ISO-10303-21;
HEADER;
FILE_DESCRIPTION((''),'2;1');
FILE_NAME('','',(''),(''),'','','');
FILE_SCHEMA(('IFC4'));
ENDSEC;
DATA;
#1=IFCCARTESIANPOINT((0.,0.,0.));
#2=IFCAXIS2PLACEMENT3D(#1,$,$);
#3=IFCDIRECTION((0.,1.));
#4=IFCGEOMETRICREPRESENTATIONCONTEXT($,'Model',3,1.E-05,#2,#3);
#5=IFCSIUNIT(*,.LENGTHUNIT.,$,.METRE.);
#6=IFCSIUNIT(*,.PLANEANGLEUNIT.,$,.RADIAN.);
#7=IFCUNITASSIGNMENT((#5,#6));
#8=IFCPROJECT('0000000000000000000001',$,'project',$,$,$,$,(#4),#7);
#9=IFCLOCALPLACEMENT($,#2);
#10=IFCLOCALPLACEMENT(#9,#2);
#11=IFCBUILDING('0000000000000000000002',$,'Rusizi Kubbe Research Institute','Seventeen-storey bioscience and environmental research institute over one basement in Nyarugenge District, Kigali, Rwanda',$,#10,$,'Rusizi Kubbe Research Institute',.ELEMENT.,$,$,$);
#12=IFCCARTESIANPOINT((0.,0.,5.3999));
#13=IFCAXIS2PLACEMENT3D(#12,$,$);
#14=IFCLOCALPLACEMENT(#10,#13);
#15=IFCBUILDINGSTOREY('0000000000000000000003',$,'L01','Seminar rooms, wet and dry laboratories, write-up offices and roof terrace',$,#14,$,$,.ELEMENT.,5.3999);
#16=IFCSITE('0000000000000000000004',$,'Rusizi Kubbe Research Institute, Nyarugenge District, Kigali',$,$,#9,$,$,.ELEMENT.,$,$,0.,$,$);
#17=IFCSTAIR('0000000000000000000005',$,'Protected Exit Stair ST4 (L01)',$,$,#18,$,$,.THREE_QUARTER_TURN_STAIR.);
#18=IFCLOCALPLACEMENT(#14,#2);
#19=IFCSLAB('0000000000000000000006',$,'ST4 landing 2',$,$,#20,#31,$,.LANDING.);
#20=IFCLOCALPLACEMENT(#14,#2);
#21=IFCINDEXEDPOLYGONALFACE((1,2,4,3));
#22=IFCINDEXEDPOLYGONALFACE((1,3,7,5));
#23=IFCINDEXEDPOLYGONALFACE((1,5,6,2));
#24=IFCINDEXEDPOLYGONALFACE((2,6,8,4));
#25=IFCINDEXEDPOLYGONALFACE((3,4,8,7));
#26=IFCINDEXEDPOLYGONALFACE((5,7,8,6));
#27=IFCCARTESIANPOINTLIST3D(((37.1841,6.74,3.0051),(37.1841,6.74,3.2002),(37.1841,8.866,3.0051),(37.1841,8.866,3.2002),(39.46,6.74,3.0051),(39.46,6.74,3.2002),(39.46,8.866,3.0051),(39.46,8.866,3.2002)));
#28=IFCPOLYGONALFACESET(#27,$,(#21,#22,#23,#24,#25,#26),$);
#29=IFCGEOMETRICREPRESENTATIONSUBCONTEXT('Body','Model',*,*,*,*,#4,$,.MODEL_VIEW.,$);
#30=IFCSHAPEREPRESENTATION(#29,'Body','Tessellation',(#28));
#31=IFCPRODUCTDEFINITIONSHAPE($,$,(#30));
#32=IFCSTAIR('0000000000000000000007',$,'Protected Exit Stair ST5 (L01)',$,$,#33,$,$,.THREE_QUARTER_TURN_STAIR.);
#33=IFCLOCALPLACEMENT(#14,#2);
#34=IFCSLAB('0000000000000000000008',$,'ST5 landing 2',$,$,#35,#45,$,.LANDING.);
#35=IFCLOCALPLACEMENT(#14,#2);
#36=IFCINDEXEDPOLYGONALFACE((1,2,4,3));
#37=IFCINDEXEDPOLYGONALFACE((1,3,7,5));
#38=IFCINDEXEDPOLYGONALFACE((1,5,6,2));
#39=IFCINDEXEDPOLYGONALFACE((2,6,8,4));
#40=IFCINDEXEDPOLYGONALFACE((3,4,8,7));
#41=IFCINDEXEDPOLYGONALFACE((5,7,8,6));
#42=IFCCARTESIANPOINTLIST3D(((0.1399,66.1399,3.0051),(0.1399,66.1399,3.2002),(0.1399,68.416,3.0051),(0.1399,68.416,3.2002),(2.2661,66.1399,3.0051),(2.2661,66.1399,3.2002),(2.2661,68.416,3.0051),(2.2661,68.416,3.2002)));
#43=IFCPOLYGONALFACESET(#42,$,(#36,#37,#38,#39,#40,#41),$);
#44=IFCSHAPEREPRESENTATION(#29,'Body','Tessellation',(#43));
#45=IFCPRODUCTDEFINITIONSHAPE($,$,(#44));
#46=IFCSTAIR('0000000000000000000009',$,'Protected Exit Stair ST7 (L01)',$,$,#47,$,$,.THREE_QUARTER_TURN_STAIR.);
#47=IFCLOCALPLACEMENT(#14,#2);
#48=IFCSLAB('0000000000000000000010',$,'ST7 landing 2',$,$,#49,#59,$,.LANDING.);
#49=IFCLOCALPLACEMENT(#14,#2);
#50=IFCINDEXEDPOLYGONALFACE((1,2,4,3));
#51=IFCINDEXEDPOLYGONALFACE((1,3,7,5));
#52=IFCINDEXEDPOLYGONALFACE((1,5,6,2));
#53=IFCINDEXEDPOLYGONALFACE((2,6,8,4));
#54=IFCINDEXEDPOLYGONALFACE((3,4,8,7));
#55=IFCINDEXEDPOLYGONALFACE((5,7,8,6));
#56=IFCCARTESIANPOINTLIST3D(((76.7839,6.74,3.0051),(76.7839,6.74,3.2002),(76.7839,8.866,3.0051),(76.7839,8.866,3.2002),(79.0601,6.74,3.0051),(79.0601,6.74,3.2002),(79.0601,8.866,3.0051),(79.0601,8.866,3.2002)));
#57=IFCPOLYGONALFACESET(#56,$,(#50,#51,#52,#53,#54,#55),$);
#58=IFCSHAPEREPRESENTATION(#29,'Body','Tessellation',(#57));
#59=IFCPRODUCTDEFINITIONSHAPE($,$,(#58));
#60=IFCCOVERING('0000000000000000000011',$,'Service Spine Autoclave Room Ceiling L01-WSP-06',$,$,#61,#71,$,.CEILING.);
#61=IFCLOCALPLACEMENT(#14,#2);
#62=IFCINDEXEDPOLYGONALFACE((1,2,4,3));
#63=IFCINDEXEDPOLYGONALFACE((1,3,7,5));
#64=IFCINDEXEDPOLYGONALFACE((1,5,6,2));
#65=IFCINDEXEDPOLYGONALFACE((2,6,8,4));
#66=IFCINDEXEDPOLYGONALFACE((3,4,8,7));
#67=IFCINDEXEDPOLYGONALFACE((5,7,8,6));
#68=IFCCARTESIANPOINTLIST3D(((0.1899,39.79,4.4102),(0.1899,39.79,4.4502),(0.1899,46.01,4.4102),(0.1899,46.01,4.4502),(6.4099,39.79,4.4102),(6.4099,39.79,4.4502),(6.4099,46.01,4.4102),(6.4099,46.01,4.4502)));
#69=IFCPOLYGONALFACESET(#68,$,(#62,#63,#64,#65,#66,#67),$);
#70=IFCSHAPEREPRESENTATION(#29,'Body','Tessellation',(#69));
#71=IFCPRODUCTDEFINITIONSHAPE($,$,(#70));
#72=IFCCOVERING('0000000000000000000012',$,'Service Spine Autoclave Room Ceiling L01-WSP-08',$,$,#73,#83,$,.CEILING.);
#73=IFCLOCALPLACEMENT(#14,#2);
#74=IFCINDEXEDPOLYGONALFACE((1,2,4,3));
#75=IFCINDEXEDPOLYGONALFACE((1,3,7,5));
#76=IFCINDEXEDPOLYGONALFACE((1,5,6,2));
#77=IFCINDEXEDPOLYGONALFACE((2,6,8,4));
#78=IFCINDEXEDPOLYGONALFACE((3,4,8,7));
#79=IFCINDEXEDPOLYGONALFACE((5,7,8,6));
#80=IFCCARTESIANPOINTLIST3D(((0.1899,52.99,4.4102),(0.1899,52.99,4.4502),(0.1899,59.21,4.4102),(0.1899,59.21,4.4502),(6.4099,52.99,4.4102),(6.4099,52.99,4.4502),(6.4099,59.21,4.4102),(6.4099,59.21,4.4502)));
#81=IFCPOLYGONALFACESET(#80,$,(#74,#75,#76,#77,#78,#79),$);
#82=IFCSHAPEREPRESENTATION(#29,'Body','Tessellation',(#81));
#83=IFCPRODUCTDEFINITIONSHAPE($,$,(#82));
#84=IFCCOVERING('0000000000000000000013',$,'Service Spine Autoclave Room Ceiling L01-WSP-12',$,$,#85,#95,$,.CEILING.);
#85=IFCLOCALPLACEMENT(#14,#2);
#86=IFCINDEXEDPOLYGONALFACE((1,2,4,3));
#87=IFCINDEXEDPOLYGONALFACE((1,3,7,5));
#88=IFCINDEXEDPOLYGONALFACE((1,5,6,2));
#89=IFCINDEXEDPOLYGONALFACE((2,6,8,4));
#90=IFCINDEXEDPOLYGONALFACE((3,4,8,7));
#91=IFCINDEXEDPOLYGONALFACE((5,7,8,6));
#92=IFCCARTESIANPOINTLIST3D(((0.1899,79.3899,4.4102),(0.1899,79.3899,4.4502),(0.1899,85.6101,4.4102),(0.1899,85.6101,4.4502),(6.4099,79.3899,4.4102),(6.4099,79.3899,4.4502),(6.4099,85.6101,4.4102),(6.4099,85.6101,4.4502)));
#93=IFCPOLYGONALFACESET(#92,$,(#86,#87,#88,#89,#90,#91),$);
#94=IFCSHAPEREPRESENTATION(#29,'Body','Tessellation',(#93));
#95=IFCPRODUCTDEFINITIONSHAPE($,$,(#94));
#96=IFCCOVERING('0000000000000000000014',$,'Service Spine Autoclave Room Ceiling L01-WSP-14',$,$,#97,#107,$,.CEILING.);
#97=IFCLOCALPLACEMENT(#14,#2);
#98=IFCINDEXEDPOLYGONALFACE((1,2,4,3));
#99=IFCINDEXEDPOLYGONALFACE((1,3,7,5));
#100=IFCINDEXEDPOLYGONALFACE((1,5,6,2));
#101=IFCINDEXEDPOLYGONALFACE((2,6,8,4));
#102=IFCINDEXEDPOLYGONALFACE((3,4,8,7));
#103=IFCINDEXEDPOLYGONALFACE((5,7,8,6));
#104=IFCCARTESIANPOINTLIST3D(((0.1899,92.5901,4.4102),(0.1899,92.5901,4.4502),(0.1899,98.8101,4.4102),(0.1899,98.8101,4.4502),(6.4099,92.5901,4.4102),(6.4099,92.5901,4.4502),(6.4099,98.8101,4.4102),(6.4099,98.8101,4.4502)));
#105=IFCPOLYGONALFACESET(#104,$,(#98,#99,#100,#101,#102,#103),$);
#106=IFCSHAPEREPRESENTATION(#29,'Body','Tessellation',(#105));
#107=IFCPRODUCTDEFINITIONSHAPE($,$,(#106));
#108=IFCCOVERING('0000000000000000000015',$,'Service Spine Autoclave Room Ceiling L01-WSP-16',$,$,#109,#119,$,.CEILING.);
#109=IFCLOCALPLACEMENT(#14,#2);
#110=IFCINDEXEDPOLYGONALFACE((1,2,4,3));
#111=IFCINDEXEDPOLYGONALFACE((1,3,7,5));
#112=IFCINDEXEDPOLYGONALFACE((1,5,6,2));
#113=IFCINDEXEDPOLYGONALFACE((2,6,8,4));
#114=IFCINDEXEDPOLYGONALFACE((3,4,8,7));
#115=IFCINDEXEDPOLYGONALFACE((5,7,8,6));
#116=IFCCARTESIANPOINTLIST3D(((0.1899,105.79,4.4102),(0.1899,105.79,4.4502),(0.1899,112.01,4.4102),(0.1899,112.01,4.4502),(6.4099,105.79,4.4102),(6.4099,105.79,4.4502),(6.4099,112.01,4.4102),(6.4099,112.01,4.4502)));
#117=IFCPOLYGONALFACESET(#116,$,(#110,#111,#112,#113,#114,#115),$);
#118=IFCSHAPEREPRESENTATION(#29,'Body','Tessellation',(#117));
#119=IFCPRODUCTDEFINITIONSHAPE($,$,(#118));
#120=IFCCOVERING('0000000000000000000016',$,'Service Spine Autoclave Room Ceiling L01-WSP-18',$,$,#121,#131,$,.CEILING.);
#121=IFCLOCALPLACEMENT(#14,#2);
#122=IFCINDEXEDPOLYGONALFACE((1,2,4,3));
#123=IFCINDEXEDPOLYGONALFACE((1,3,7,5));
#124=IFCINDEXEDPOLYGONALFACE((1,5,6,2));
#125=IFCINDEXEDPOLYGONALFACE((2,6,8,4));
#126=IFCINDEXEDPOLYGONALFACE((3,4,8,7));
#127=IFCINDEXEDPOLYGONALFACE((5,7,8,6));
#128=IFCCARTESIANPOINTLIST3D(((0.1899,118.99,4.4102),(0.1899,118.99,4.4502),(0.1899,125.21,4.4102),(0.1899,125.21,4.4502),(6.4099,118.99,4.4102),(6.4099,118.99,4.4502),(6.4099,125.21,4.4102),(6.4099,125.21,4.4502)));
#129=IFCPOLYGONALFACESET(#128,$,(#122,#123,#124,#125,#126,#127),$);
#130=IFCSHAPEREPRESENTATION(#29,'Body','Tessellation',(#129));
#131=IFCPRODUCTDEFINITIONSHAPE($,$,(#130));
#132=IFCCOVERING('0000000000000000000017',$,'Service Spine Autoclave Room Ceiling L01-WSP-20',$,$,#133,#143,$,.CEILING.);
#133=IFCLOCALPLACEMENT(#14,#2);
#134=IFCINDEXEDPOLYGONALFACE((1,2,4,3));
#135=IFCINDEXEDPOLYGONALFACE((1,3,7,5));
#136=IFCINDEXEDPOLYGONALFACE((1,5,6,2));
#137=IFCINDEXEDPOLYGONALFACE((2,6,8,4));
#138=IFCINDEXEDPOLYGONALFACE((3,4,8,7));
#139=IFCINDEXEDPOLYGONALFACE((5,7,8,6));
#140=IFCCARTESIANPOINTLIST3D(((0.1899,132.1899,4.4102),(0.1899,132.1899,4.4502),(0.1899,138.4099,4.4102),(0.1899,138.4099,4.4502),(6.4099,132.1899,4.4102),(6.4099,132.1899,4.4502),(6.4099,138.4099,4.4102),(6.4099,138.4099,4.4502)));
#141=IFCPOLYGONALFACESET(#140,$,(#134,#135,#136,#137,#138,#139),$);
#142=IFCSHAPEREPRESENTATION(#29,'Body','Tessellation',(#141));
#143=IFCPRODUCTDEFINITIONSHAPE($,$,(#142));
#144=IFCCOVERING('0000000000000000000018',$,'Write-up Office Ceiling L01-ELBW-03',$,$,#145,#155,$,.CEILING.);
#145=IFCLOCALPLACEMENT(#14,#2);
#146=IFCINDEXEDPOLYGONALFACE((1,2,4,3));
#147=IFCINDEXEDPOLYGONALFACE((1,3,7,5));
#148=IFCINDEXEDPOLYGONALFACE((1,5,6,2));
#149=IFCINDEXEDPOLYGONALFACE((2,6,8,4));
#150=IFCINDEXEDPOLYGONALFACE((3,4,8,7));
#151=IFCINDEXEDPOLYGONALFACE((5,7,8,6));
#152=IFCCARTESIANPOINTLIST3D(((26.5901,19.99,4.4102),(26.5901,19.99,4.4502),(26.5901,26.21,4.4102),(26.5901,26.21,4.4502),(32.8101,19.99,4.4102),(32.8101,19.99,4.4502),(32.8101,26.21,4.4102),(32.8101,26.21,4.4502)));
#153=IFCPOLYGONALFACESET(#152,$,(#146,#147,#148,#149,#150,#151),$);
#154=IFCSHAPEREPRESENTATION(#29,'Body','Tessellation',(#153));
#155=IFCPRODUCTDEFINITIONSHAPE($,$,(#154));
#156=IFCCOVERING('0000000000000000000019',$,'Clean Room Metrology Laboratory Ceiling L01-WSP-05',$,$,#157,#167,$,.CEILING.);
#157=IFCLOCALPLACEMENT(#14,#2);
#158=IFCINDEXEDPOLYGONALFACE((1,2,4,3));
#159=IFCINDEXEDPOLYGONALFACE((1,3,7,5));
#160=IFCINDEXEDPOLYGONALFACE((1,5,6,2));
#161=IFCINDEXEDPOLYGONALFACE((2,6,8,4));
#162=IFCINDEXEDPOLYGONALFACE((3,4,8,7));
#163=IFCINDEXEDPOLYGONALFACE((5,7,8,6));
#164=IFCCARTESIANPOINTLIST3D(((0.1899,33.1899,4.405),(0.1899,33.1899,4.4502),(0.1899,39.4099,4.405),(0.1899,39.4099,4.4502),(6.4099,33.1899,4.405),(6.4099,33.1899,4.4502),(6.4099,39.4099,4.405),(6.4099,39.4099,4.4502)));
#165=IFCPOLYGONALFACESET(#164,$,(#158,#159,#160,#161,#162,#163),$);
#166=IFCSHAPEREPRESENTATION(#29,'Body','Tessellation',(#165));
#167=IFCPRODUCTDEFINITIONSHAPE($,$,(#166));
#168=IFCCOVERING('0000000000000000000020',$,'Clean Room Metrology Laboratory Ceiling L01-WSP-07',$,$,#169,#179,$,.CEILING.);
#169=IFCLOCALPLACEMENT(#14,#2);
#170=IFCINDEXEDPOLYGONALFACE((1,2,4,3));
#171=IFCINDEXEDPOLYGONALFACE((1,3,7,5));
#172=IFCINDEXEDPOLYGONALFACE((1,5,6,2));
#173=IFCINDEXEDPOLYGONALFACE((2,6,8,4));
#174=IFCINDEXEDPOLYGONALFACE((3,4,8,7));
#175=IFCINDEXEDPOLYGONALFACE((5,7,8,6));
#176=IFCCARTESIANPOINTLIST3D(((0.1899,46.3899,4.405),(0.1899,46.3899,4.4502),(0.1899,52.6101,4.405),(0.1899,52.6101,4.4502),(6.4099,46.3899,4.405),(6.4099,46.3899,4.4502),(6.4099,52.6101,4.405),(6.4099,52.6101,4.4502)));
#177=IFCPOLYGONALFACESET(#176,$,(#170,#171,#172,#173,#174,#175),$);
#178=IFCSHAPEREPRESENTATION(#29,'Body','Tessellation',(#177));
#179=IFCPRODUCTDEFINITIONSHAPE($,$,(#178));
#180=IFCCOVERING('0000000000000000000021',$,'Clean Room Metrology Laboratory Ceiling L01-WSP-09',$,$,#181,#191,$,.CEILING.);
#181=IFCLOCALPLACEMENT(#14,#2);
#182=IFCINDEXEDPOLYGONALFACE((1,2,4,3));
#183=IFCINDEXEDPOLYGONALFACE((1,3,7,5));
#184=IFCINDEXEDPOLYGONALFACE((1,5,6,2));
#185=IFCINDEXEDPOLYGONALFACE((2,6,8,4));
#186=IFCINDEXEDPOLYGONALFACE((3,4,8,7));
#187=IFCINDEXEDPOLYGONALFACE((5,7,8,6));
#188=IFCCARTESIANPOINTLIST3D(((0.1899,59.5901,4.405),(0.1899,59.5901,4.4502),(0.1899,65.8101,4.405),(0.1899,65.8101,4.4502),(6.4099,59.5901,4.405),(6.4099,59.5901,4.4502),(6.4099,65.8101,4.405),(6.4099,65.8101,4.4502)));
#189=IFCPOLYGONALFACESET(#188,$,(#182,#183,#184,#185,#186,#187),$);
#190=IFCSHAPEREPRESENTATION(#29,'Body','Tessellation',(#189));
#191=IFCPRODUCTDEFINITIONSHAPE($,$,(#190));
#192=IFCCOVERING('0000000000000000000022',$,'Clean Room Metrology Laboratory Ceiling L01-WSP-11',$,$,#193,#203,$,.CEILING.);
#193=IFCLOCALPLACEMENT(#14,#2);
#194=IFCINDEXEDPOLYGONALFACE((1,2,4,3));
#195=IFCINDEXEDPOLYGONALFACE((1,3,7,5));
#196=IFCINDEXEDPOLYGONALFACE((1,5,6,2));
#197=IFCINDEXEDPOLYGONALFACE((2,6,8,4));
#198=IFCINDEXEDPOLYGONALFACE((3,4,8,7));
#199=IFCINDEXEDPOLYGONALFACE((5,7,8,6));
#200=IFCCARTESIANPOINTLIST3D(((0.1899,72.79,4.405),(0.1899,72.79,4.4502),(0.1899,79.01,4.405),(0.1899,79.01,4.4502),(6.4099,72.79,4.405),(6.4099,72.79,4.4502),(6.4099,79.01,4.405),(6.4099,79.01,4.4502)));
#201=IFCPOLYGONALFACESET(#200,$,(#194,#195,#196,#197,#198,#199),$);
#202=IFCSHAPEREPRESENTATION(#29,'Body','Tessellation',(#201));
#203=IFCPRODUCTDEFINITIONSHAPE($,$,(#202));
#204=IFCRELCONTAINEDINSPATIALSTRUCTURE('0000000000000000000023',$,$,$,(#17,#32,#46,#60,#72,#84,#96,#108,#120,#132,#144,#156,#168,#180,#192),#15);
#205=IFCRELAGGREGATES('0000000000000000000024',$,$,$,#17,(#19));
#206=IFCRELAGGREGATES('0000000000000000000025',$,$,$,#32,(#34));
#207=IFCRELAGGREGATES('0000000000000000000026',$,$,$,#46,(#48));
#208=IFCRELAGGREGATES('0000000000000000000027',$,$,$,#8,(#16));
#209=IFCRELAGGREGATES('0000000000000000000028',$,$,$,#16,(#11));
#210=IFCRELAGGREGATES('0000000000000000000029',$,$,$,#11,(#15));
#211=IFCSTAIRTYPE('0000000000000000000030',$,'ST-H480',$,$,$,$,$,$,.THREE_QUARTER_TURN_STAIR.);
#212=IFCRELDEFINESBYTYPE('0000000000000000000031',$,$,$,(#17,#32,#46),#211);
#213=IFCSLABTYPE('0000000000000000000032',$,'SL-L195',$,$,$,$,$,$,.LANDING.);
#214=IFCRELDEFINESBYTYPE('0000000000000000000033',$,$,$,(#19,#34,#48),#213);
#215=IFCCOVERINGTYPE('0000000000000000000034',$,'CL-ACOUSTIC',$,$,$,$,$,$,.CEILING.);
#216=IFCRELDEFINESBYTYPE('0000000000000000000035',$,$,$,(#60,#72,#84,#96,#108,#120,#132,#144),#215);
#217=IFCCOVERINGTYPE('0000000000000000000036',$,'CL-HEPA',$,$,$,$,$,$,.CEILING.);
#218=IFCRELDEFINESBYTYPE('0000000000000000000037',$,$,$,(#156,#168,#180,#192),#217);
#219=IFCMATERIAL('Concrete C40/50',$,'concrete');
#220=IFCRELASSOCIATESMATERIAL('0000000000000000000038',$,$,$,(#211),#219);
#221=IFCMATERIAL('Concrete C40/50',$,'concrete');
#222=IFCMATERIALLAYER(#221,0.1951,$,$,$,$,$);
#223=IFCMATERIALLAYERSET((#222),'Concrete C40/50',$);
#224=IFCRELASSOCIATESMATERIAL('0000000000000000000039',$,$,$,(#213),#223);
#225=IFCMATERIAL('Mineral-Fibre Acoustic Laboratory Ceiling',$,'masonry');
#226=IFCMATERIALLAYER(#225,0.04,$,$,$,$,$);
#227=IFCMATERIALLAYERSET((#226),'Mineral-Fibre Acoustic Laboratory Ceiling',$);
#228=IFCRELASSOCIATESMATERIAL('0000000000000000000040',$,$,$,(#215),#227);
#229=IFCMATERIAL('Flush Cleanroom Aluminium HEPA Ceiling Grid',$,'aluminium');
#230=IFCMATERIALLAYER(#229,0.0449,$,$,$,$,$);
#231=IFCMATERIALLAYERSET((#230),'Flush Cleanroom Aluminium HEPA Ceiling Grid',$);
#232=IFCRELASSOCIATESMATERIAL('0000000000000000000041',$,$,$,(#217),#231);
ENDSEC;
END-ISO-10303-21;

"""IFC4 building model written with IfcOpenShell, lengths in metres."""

from ifc_helpers import new_model, si_unit, direction, frame, origin, place, context, subcontext, project, spatial, polyline, outline, extrude, material, layer, layer_set, type_object, element, aggregate, save


model = new_model("IFC4")

# Units and contexts
model_context = context("Model", 3, precision=1e-05, world=origin(), true_north=direction((0.0, 1.0)))
body_context = subcontext(model_context, "Body", "Model", "MODEL_VIEW")
ifc_project = project(units=[si_unit("LENGTHUNIT", "METRE"), si_unit("PLANEANGLEUNIT", "RADIAN")], contexts=[model_context])

# Site, building, storey
site_placement = place(None, origin())
site = spatial("IfcSite", under=ifc_project, at=site_placement, Name="Rusizi Kubbe Research Institute, Nyarugenge District, Kigali", CompositionType="ELEMENT", RefElevation=0.0)
building_placement = place(site_placement, origin())
building = spatial("IfcBuilding", under=site, at=building_placement, Name="Rusizi Kubbe Research Institute", Description="Seventeen-storey bioscience and environmental research institute over one basement in Nyarugenge District, Kigali, Rwanda", LongName="Rusizi Kubbe Research Institute", CompositionType="ELEMENT")
storey_placement = place(building_placement, frame((0.0, 0.0, 5.3999)))
storey = spatial("IfcBuildingStorey", under=building, at=storey_placement, Name="L01", Description="Seminar rooms, wet and dry laboratories, write-up offices and roof terrace", CompositionType="ELEMENT", Elevation=5.3999)

# Stairs, slabs
ifc_material_1 = material(Name="Concrete C40/50", Category="concrete")
stair_type = type_object("IfcStairType", Name="ST-H480", PredefinedType="THREE_QUARTER_TURN_STAIR", material=ifc_material_1)
stair_1_placement = place(storey_placement, origin())
stair_1 = element("IfcStair", 1, at=stair_1_placement, inside=storey, type_object=stair_type, Name="Protected Exit Stair ST4 (L01)", PredefinedType="THREE_QUARTER_TURN_STAIR")
ifc_material_2 = material(Name="Concrete C40/50", Category="concrete")
ifc_layer_1 = layer(ifc_material_2, 0.1951)
ifc_layer_set_1 = layer_set([ifc_layer_1], Name="Concrete C40/50")
slab_type = type_object("IfcSlabType", Name="SL-L195", PredefinedType="LANDING", material=ifc_layer_set_1)
slab_1_placement = place(storey_placement, frame((0.0, 0.0, 3.0051)))
slab_1 = element("IfcSlab", 2, at=slab_1_placement, type_object=slab_type, Name="ST4 landing 2", PredefinedType="LANDING", context=body_context, shape_type="SweptSolid", body=[
    extrude(outline(polyline([(37.1841, 8.866), (37.1841, 6.74), (39.46, 6.74), (39.46, 8.866), (37.1841, 8.866)])), origin(), (0.0, 0.0, 1.0), 0.1951),
])
aggregate(stair_1, [slab_1])
stair_2_placement = place(storey_placement, origin())
stair_2 = element("IfcStair", 3, at=stair_2_placement, inside=storey, type_object=stair_type, Name="Protected Exit Stair ST5 (L01)", PredefinedType="THREE_QUARTER_TURN_STAIR")
slab_2_placement = place(storey_placement, frame((0.0, 0.0, 3.0051)))
slab_2 = element("IfcSlab", 4, at=slab_2_placement, type_object=slab_type, Name="ST5 landing 2", PredefinedType="LANDING", context=body_context, shape_type="SweptSolid", body=[
    extrude(outline(polyline([(2.2661, 68.416), (0.1399, 68.416), (0.1399, 66.1399), (2.2661, 66.1399), (2.2661, 68.416)])), origin(), (0.0, 0.0, 1.0), 0.1951),
])
aggregate(stair_2, [slab_2])
stair_3_placement = place(storey_placement, origin())
stair_3 = element("IfcStair", 5, at=stair_3_placement, inside=storey, type_object=stair_type, Name="Protected Exit Stair ST7 (L01)", PredefinedType="THREE_QUARTER_TURN_STAIR")
slab_3_placement = place(storey_placement, frame((0.0, 0.0, 3.0051)))
slab_3 = element("IfcSlab", 6, at=slab_3_placement, type_object=slab_type, Name="ST7 landing 2", PredefinedType="LANDING", context=body_context, shape_type="SweptSolid", body=[
    extrude(outline(polyline([(76.7839, 8.866), (76.7839, 6.74), (79.0601, 6.74), (79.0601, 8.866), (76.7839, 8.866)])), origin(), (0.0, 0.0, 1.0), 0.1951),
])
aggregate(stair_3, [slab_3])

# Coverings
ifc_material_3 = material(Name="Mineral-Fibre Acoustic Laboratory Ceiling", Category="masonry")
ifc_layer_2 = layer(ifc_material_3, 0.04)
ifc_layer_set_2 = layer_set([ifc_layer_2], Name="Mineral-Fibre Acoustic Laboratory Ceiling")
covering_type_1 = type_object("IfcCoveringType", Name="CL-ACOUSTIC", PredefinedType="CEILING", material=ifc_layer_set_2)
covering_1_placement = place(storey_placement, frame((0.0, 0.0, 4.4102)))
element("IfcCovering", 7, at=covering_1_placement, inside=storey, type_object=covering_type_1, Name="Service Spine Autoclave Room Ceiling L01-WSP-06", PredefinedType="CEILING", context=body_context, shape_type="SweptSolid", body=[
    extrude(outline(polyline([(0.1899, 39.79), (6.4099, 39.79), (6.4099, 46.01), (0.1899, 46.01), (0.1899, 39.79)])), origin(), (0.0, 0.0, 1.0), 0.04),
])
covering_2_placement = place(storey_placement, frame((0.0, 0.0, 4.4102)))
element("IfcCovering", 8, at=covering_2_placement, inside=storey, type_object=covering_type_1, Name="Service Spine Autoclave Room Ceiling L01-WSP-08", PredefinedType="CEILING", context=body_context, shape_type="SweptSolid", body=[
    extrude(outline(polyline([(0.1899, 52.99), (6.4099, 52.99), (6.4099, 59.21), (0.1899, 59.21), (0.1899, 52.99)])), origin(), (0.0, 0.0, 1.0), 0.04),
])
covering_3_placement = place(storey_placement, frame((0.0, 0.0, 4.4102)))
element("IfcCovering", 9, at=covering_3_placement, inside=storey, type_object=covering_type_1, Name="Service Spine Autoclave Room Ceiling L01-WSP-12", PredefinedType="CEILING", context=body_context, shape_type="SweptSolid", body=[
    extrude(outline(polyline([(0.1899, 79.3899), (6.4099, 79.3899), (6.4099, 85.6101), (0.1899, 85.6101), (0.1899, 79.3899)])), origin(), (0.0, 0.0, 1.0), 0.04),
])
covering_4_placement = place(storey_placement, frame((0.0, 0.0, 4.4102)))
element("IfcCovering", 10, at=covering_4_placement, inside=storey, type_object=covering_type_1, Name="Service Spine Autoclave Room Ceiling L01-WSP-14", PredefinedType="CEILING", context=body_context, shape_type="SweptSolid", body=[
    extrude(outline(polyline([(0.1899, 92.5901), (6.4099, 92.5901), (6.4099, 98.8101), (0.1899, 98.8101), (0.1899, 92.5901)])), origin(), (0.0, 0.0, 1.0), 0.04),
])
covering_5_placement = place(storey_placement, frame((0.0, 0.0, 4.4102)))
element("IfcCovering", 11, at=covering_5_placement, inside=storey, type_object=covering_type_1, Name="Service Spine Autoclave Room Ceiling L01-WSP-16", PredefinedType="CEILING", context=body_context, shape_type="SweptSolid", body=[
    extrude(outline(polyline([(0.1899, 105.79), (6.4099, 105.79), (6.4099, 112.01), (0.1899, 112.01), (0.1899, 105.79)])), origin(), (0.0, 0.0, 1.0), 0.04),
])
covering_6_placement = place(storey_placement, frame((0.0, 0.0, 4.4102)))
element("IfcCovering", 12, at=covering_6_placement, inside=storey, type_object=covering_type_1, Name="Service Spine Autoclave Room Ceiling L01-WSP-18", PredefinedType="CEILING", context=body_context, shape_type="SweptSolid", body=[
    extrude(outline(polyline([(0.1899, 118.99), (6.4099, 118.99), (6.4099, 125.21), (0.1899, 125.21), (0.1899, 118.99)])), origin(), (0.0, 0.0, 1.0), 0.04),
])
covering_7_placement = place(storey_placement, frame((0.0, 0.0, 4.4102)))
element("IfcCovering", 13, at=covering_7_placement, inside=storey, type_object=covering_type_1, Name="Service Spine Autoclave Room Ceiling L01-WSP-20", PredefinedType="CEILING", context=body_context, shape_type="SweptSolid", body=[
    extrude(outline(polyline([(0.1899, 132.1899), (6.4099, 132.1899), (6.4099, 138.4099), (0.1899, 138.4099), (0.1899, 132.1899)])), origin(), (0.0, 0.0, 1.0), 0.04),
])
covering_8_placement = place(storey_placement, frame((0.0, 0.0, 4.4102)))
element("IfcCovering", 14, at=covering_8_placement, inside=storey, type_object=covering_type_1, Name="Write-up Office Ceiling L01-ELBW-03", PredefinedType="CEILING", context=body_context, shape_type="SweptSolid", body=[
    extrude(outline(polyline([(26.5901, 19.99), (32.8101, 19.99), (32.8101, 26.21), (26.5901, 26.21), (26.5901, 19.99)])), origin(), (0.0, 0.0, 1.0), 0.04),
])
ifc_material_4 = material(Name="Flush Cleanroom Aluminium HEPA Ceiling Grid", Category="aluminium")
ifc_layer_3 = layer(ifc_material_4, 0.0449)
ifc_layer_set_3 = layer_set([ifc_layer_3], Name="Flush Cleanroom Aluminium HEPA Ceiling Grid")
covering_type_2 = type_object("IfcCoveringType", Name="CL-HEPA", PredefinedType="CEILING", material=ifc_layer_set_3)
covering_9_placement = place(storey_placement, frame((0.0, 0.0, 4.405)))
element("IfcCovering", 15, at=covering_9_placement, inside=storey, type_object=covering_type_2, Name="Clean Room Metrology Laboratory Ceiling L01-WSP-05", PredefinedType="CEILING", context=body_context, shape_type="SweptSolid", body=[
    extrude(outline(polyline([(0.1899, 33.1899), (6.4099, 33.1899), (6.4099, 39.4099), (0.1899, 39.4099), (0.1899, 33.1899)])), origin(), (0.0, 0.0, 1.0), 0.0452),
])
covering_10_placement = place(storey_placement, frame((0.0, 0.0, 4.405)))
element("IfcCovering", 16, at=covering_10_placement, inside=storey, type_object=covering_type_2, Name="Clean Room Metrology Laboratory Ceiling L01-WSP-07", PredefinedType="CEILING", context=body_context, shape_type="SweptSolid", body=[
    extrude(outline(polyline([(0.1899, 46.3899), (6.4099, 46.3899), (6.4099, 52.6101), (0.1899, 52.6101), (0.1899, 46.3899)])), origin(), (0.0, 0.0, 1.0), 0.0452),
])
covering_11_placement = place(storey_placement, frame((0.0, 0.0, 4.405)))
element("IfcCovering", 17, at=covering_11_placement, inside=storey, type_object=covering_type_2, Name="Clean Room Metrology Laboratory Ceiling L01-WSP-09", PredefinedType="CEILING", context=body_context, shape_type="SweptSolid", body=[
    extrude(outline(polyline([(0.1899, 59.5901), (6.4099, 59.5901), (6.4099, 65.8101), (0.1899, 65.8101), (0.1899, 59.5901)])), origin(), (0.0, 0.0, 1.0), 0.0452),
])
covering_12_placement = place(storey_placement, frame((0.0, 0.0, 4.405)))
element("IfcCovering", 18, at=covering_12_placement, inside=storey, type_object=covering_type_2, Name="Clean Room Metrology Laboratory Ceiling L01-WSP-11", PredefinedType="CEILING", context=body_context, shape_type="SweptSolid", body=[
    extrude(outline(polyline([(0.1899, 72.79), (6.4099, 72.79), (6.4099, 79.01), (0.1899, 79.01), (0.1899, 72.79)])), origin(), (0.0, 0.0, 1.0), 0.0452),
])

save(model, "model.ifc")
